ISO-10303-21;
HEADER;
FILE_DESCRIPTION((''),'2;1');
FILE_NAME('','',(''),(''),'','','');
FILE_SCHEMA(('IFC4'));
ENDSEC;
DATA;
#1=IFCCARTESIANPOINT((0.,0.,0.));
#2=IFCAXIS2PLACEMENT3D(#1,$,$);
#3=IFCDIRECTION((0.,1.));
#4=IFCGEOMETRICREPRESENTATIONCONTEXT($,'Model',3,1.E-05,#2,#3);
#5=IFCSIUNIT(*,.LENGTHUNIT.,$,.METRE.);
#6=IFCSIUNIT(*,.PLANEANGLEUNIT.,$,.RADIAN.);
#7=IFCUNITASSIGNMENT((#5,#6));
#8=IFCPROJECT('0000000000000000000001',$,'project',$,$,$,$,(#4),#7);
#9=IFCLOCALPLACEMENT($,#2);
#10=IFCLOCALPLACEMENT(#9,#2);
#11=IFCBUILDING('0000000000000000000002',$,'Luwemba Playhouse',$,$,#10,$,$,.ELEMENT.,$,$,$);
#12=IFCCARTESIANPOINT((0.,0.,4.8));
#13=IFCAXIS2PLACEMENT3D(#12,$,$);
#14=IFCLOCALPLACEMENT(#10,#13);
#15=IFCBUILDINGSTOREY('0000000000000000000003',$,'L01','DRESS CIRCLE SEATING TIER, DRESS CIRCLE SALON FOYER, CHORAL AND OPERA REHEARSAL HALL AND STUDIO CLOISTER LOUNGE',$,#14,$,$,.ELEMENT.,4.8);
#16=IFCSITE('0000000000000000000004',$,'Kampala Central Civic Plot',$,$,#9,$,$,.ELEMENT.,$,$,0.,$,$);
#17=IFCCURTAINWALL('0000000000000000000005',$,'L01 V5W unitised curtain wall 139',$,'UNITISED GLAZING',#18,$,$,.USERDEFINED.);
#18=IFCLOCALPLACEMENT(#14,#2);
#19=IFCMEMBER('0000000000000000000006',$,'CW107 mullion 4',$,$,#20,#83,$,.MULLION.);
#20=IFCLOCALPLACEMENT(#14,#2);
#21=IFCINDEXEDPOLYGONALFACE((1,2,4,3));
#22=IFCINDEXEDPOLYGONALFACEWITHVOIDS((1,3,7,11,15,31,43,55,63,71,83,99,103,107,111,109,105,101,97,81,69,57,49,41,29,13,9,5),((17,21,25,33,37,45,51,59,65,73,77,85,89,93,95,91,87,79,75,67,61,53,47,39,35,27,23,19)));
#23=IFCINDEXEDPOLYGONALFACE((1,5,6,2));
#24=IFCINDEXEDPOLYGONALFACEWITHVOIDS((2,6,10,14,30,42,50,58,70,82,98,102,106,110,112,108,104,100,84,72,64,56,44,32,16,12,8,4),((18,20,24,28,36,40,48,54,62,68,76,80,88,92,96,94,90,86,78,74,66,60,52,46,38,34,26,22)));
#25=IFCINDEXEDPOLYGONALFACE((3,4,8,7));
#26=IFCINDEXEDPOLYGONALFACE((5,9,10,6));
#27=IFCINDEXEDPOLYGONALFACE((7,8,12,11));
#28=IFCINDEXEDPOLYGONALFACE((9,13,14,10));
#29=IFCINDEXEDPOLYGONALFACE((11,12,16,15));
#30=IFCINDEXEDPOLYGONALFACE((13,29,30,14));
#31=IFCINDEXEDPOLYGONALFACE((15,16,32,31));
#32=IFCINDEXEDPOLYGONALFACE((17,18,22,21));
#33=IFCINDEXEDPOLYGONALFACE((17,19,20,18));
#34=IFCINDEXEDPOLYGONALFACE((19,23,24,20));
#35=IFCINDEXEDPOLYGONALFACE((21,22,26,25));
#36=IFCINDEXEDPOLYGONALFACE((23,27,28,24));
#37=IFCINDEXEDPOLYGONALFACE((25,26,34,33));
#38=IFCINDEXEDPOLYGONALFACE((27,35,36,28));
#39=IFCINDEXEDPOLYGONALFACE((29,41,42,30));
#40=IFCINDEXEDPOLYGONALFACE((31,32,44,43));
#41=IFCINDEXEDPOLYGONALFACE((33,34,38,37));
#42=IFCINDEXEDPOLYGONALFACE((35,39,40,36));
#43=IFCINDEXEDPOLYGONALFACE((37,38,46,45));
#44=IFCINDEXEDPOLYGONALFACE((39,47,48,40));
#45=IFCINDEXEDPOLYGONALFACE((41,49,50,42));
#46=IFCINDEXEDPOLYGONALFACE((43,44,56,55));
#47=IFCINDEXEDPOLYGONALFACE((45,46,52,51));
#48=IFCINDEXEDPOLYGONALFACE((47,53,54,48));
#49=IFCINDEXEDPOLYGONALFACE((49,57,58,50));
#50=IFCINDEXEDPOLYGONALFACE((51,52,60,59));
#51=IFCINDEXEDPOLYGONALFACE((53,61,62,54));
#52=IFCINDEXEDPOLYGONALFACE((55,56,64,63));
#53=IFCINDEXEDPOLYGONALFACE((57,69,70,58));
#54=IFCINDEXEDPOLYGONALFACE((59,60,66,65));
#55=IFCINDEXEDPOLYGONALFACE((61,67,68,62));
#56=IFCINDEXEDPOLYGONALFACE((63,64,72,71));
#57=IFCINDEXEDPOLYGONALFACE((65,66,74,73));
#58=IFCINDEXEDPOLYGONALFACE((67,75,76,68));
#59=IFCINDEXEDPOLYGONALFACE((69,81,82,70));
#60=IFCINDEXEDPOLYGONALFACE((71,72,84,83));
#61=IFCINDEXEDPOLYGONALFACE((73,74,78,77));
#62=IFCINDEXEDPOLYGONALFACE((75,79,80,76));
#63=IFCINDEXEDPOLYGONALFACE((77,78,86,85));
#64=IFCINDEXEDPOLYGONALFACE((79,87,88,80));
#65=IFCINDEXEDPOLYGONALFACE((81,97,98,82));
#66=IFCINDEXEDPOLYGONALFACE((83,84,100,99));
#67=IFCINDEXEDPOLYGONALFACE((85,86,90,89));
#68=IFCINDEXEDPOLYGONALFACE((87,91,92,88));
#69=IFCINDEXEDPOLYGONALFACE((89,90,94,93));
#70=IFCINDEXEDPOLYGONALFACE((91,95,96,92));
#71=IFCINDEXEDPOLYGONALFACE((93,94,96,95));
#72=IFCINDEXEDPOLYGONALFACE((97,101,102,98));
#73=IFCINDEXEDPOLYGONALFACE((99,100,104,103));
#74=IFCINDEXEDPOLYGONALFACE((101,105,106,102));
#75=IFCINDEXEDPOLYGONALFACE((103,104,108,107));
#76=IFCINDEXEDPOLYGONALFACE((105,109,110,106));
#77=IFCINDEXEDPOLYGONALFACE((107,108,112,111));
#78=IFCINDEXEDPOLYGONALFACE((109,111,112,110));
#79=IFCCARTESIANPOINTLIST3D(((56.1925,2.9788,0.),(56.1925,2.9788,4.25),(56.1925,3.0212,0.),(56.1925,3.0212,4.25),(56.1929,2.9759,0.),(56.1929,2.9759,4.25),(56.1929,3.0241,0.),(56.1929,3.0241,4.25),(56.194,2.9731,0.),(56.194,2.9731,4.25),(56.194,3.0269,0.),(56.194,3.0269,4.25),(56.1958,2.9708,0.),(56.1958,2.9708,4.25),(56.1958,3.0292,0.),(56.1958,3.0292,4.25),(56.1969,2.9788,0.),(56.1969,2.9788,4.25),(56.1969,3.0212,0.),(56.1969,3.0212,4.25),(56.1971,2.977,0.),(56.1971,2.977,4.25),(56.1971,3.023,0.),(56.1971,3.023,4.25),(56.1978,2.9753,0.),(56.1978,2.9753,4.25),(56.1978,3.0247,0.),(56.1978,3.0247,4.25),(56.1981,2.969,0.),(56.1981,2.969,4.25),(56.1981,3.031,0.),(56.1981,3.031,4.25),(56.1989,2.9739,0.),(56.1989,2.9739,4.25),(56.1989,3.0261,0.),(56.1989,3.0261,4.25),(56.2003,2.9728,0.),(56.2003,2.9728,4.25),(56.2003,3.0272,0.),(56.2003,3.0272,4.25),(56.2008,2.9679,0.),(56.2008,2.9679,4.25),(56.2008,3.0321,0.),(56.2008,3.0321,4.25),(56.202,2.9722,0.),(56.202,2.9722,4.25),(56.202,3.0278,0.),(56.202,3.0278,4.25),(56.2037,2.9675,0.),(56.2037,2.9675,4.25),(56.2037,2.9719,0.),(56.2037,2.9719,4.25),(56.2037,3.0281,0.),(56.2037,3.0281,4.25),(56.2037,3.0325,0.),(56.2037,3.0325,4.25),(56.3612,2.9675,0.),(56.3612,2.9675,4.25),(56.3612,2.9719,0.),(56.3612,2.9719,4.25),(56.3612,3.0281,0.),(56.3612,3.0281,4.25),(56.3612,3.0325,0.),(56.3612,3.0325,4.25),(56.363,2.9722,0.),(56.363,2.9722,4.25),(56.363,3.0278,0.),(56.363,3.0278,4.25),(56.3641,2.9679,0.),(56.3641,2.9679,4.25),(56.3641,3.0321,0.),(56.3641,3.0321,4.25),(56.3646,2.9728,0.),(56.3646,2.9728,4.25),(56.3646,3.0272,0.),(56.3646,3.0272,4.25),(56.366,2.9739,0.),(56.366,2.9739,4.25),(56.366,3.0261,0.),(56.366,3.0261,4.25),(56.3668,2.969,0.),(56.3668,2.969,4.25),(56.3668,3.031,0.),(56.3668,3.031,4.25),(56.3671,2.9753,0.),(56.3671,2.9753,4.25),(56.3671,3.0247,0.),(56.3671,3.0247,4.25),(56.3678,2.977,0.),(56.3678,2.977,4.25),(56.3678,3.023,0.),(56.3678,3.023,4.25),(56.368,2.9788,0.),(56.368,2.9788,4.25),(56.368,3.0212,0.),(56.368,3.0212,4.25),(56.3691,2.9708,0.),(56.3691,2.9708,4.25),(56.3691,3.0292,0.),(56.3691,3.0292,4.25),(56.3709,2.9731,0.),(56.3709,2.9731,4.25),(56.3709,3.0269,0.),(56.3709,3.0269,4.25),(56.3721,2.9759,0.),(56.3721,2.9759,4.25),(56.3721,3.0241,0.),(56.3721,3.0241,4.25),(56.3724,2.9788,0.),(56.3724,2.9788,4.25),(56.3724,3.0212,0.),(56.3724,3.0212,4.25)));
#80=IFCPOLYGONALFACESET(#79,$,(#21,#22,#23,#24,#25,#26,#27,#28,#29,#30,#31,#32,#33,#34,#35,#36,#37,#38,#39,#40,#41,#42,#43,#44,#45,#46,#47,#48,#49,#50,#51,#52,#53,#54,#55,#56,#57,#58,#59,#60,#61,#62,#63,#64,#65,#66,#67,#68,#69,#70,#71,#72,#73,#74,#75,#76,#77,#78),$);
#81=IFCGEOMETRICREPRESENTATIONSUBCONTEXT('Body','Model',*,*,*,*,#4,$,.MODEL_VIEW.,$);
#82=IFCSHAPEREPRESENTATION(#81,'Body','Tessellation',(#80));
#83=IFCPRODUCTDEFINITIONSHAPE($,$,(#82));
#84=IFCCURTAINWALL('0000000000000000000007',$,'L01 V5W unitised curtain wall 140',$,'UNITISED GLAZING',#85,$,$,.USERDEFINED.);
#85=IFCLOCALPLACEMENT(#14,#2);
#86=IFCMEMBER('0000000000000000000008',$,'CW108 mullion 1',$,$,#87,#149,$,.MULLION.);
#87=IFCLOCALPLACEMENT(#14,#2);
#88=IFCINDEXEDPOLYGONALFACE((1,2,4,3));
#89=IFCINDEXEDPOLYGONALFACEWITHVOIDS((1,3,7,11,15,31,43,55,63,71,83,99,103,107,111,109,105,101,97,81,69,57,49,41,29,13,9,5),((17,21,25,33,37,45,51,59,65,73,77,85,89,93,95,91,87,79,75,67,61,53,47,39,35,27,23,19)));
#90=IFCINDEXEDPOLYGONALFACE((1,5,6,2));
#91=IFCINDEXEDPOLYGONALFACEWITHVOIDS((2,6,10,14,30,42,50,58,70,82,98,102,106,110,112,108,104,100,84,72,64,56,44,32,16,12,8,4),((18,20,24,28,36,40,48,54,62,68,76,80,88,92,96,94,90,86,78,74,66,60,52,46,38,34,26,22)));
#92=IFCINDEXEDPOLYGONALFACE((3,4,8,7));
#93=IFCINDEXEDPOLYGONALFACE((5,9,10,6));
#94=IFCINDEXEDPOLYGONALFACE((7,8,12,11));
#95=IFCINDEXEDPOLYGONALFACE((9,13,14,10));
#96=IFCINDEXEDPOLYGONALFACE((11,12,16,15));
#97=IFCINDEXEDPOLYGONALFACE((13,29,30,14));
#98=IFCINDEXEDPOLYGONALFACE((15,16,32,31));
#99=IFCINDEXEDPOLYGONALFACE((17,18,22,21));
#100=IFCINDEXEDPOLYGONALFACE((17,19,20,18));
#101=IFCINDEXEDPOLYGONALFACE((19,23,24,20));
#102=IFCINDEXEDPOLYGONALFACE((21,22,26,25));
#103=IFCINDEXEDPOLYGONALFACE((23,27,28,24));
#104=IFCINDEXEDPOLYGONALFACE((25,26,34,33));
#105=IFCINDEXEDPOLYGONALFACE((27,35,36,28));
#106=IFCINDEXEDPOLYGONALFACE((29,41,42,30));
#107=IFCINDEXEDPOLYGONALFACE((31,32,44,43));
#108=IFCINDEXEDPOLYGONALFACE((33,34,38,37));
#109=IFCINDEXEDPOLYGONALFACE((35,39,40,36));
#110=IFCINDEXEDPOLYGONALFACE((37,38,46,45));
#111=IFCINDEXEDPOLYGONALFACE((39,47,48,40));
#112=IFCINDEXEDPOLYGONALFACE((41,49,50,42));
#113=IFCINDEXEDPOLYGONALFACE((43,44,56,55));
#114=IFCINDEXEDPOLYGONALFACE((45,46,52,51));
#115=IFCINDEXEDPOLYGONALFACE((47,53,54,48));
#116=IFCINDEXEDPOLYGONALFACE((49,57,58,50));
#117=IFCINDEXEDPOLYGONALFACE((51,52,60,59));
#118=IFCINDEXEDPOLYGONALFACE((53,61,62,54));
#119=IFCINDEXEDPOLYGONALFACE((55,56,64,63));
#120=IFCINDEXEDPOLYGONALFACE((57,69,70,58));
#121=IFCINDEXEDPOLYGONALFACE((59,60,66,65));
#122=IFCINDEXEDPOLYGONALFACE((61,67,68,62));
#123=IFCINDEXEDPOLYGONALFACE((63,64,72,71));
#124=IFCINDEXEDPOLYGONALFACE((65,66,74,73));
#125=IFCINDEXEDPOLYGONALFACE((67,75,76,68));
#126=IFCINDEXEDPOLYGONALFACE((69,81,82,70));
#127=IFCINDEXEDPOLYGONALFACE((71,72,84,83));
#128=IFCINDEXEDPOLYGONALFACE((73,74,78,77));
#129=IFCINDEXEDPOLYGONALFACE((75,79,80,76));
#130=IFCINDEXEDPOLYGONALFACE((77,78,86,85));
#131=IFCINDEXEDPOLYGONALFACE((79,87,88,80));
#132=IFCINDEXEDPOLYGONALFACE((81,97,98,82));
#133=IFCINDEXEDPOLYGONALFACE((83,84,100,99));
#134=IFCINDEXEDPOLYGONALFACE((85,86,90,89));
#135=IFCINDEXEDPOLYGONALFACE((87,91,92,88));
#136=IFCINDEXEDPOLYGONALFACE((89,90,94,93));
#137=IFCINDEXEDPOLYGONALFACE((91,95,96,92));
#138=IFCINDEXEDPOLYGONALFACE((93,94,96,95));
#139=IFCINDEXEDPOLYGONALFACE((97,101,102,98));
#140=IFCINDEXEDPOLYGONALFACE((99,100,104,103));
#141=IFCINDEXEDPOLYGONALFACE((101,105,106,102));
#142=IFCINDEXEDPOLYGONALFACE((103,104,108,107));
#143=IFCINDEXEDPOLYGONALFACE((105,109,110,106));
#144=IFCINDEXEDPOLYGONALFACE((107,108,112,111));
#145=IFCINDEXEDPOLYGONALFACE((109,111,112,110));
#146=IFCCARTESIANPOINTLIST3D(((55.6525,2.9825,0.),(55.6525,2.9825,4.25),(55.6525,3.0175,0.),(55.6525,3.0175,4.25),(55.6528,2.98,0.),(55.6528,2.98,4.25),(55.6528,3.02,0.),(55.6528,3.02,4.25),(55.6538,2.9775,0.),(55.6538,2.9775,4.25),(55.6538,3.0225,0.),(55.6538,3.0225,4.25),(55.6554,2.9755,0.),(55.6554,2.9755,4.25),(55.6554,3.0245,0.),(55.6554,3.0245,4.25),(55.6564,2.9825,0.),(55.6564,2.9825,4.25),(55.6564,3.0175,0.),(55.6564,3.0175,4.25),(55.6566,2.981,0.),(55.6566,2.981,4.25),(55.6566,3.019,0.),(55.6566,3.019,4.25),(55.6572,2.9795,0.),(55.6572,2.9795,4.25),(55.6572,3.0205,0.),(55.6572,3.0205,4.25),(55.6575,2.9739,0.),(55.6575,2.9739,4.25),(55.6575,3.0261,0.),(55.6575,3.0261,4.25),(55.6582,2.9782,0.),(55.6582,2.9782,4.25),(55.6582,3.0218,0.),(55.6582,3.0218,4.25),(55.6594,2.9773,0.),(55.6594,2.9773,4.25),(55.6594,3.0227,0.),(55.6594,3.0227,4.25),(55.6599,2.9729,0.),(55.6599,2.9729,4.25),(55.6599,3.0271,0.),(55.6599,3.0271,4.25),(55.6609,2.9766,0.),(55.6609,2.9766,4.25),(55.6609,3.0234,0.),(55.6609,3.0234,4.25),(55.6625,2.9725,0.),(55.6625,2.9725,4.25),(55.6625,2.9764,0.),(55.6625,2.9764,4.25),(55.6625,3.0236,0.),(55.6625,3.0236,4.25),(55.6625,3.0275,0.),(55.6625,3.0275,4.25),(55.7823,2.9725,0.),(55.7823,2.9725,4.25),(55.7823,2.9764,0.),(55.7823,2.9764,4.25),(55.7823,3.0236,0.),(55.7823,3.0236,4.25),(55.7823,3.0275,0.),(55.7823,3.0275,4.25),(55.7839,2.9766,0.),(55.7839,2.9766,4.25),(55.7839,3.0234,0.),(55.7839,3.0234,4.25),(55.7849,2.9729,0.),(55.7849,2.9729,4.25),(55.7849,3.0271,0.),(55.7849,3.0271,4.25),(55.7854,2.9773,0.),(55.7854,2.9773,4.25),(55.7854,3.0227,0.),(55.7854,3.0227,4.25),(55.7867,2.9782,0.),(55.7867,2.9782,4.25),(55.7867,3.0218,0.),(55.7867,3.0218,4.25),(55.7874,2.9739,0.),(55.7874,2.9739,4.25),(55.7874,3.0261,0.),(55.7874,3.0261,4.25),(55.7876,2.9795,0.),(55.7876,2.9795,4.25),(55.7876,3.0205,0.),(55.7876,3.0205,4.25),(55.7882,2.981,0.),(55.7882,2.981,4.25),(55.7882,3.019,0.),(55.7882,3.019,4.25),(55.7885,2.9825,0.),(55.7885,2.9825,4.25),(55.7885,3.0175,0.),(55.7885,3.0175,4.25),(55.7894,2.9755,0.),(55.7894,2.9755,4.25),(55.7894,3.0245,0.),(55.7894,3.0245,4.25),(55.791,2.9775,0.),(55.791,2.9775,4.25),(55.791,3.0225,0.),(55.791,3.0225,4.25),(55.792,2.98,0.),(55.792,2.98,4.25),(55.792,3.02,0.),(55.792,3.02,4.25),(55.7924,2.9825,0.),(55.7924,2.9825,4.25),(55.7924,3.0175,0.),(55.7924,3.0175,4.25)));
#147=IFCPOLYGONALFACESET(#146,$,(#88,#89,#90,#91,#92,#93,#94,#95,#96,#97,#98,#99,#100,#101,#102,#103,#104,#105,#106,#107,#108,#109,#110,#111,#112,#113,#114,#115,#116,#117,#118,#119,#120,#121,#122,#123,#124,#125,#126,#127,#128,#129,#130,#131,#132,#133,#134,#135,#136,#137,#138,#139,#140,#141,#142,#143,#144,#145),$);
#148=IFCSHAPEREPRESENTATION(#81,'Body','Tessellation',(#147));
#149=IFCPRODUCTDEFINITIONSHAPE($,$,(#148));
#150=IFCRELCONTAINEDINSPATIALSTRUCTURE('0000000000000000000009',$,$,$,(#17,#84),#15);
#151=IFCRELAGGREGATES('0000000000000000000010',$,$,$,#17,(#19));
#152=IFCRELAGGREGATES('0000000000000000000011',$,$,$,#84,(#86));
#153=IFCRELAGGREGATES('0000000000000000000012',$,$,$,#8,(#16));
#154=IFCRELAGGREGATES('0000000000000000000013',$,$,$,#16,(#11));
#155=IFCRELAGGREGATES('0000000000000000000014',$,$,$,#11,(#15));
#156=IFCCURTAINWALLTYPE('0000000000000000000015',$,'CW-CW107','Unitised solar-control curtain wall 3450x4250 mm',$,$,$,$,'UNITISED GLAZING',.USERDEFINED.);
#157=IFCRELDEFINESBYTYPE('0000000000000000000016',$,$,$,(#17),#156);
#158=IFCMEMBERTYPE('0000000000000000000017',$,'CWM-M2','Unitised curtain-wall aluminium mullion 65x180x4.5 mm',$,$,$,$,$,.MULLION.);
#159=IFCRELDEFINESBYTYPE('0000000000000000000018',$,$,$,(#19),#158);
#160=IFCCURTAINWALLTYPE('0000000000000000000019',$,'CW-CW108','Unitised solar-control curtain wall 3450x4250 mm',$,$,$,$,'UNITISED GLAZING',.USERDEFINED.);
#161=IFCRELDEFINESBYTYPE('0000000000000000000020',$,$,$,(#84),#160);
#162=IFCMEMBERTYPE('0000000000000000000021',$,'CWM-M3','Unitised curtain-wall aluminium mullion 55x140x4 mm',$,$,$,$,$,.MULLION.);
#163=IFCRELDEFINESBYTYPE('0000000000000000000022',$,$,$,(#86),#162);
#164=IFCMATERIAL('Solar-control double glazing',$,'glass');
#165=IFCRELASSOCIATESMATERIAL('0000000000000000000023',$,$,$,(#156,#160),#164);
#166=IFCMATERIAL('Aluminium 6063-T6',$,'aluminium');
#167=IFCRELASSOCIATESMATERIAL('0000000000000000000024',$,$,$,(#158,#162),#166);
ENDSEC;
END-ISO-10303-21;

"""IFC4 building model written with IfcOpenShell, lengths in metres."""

from ifc_helpers import new_model, si_unit, direction, frame, origin, origin_2d, place, context, subcontext, project, spatial, hollow_rectangle, extrude, material, material_profile, profile_set, type_object, element, aggregate, save


model = new_model("IFC4")

# Units and contexts
model_context = context("Model", 3, precision=1e-05, world=origin(), true_north=direction((0.0, 1.0)))
body_context = subcontext(model_context, "Body", "Model", "MODEL_VIEW")
ifc_project = project(units=[si_unit("LENGTHUNIT", "METRE"), si_unit("PLANEANGLEUNIT", "RADIAN")], contexts=[model_context])

# Site, building, storey
site_placement = place(None, origin())
site = spatial("IfcSite", under=ifc_project, at=site_placement, Name="Kampala Central Civic Plot", CompositionType="ELEMENT", RefElevation=0.0)
building_placement = place(site_placement, origin())
building = spatial("IfcBuilding", under=site, at=building_placement, Name="Luwemba Playhouse", CompositionType="ELEMENT")
storey_placement = place(building_placement, frame((0.0, 0.0, 4.8)))
storey = spatial("IfcBuildingStorey", under=building, at=storey_placement, Name="L01", Description="DRESS CIRCLE SEATING TIER, DRESS CIRCLE SALON FOYER, CHORAL AND OPERA REHEARSAL HALL AND STUDIO CLOISTER LOUNGE", CompositionType="ELEMENT", Elevation=4.8)

# Curtain wall, member
ifc_material_1 = material(Name="Solar-control double glazing", Category="glass")
curtain_wall_type_1 = type_object("IfcCurtainWallType", Name="CW-CW107", Description="Unitised solar-control curtain wall 3450x4250 mm", ElementType="UNITISED GLAZING", PredefinedType="USERDEFINED", material=ifc_material_1)
curtain_wall_1_placement = place(storey_placement, origin())
curtain_wall_1 = element("IfcCurtainWall", 1, at=curtain_wall_1_placement, inside=storey, type_object=curtain_wall_type_1, Name="L01 V5W unitised curtain wall 139", ObjectType="UNITISED GLAZING", PredefinedType="USERDEFINED")
ifc_material_2 = material(Name="Aluminium 6063-T6", Category="aluminium")
ifc_material_profile_1 = material_profile(ifc_material_2, hollow_rectangle(XDim=0.0649, YDim=0.1799, WallThickness=0.0044, InnerFilletRadius=0.0068, OuterFilletRadius=0.0112, at=origin_2d()))
ifc_profile_set_1 = profile_set([ifc_material_profile_1], Name="Aluminium 6063-T6")
member_type_1 = type_object("IfcMemberType", Name="CWM-M2", Description="Unitised curtain-wall aluminium mullion 65x180x4.5 mm", PredefinedType="MULLION", material=ifc_profile_set_1)
member_1_placement = place(storey_placement, frame((56.2825, 3.0, 0.0), z_axis=(0.0, 0.0, 1.0), x_axis=(0.0, -1.0, 0.0)))
member_1 = element("IfcMember", 2, at=member_1_placement, type_object=member_type_1, Name="CW107 mullion 4", PredefinedType="MULLION", context=body_context, shape_type="SweptSolid", body=[
    extrude(hollow_rectangle(XDim=0.0649, YDim=0.1799, WallThickness=0.0044, InnerFilletRadius=0.0068, OuterFilletRadius=0.0112, at=origin_2d()), origin(), (0.0, 0.0, 1.0), 4.25),
])

# Curtain wall, member
curtain_wall_type_2 = type_object("IfcCurtainWallType", Name="CW-CW108", Description="Unitised solar-control curtain wall 3450x4250 mm", ElementType="UNITISED GLAZING", PredefinedType="USERDEFINED", material=ifc_material_1)
curtain_wall_2_placement = place(storey_placement, origin())
curtain_wall_2 = element("IfcCurtainWall", 3, at=curtain_wall_2_placement, inside=storey, type_object=curtain_wall_type_2, Name="L01 V5W unitised curtain wall 140", ObjectType="UNITISED GLAZING", PredefinedType="USERDEFINED")
ifc_material_profile_2 = material_profile(ifc_material_2, hollow_rectangle(XDim=0.0549, YDim=0.1399, WallThickness=0.0039, InnerFilletRadius=0.0061, OuterFilletRadius=0.01, at=origin_2d()))
ifc_profile_set_2 = profile_set([ifc_material_profile_2], Name="Aluminium 6063-T6")
member_type_2 = type_object("IfcMemberType", Name="CWM-M3", Description="Unitised curtain-wall aluminium mullion 55x140x4 mm", PredefinedType="MULLION", material=ifc_profile_set_2)
member_2_placement = place(storey_placement, frame((55.7224, 3.0, 0.0), z_axis=(0.0, 0.0, 1.0), x_axis=(0.0, -1.0, 0.0)))
member_2 = element("IfcMember", 4, at=member_2_placement, type_object=member_type_2, Name="CW108 mullion 1", PredefinedType="MULLION", context=body_context, shape_type="SweptSolid", body=[
    extrude(hollow_rectangle(XDim=0.0549, YDim=0.1399, WallThickness=0.0039, InnerFilletRadius=0.0061, OuterFilletRadius=0.01, at=origin_2d()), origin(), (0.0, 0.0, 1.0), 4.25),
])

aggregate(curtain_wall_1, [member_1])
aggregate(curtain_wall_2, [member_2])

save(model, "model.ifc")
